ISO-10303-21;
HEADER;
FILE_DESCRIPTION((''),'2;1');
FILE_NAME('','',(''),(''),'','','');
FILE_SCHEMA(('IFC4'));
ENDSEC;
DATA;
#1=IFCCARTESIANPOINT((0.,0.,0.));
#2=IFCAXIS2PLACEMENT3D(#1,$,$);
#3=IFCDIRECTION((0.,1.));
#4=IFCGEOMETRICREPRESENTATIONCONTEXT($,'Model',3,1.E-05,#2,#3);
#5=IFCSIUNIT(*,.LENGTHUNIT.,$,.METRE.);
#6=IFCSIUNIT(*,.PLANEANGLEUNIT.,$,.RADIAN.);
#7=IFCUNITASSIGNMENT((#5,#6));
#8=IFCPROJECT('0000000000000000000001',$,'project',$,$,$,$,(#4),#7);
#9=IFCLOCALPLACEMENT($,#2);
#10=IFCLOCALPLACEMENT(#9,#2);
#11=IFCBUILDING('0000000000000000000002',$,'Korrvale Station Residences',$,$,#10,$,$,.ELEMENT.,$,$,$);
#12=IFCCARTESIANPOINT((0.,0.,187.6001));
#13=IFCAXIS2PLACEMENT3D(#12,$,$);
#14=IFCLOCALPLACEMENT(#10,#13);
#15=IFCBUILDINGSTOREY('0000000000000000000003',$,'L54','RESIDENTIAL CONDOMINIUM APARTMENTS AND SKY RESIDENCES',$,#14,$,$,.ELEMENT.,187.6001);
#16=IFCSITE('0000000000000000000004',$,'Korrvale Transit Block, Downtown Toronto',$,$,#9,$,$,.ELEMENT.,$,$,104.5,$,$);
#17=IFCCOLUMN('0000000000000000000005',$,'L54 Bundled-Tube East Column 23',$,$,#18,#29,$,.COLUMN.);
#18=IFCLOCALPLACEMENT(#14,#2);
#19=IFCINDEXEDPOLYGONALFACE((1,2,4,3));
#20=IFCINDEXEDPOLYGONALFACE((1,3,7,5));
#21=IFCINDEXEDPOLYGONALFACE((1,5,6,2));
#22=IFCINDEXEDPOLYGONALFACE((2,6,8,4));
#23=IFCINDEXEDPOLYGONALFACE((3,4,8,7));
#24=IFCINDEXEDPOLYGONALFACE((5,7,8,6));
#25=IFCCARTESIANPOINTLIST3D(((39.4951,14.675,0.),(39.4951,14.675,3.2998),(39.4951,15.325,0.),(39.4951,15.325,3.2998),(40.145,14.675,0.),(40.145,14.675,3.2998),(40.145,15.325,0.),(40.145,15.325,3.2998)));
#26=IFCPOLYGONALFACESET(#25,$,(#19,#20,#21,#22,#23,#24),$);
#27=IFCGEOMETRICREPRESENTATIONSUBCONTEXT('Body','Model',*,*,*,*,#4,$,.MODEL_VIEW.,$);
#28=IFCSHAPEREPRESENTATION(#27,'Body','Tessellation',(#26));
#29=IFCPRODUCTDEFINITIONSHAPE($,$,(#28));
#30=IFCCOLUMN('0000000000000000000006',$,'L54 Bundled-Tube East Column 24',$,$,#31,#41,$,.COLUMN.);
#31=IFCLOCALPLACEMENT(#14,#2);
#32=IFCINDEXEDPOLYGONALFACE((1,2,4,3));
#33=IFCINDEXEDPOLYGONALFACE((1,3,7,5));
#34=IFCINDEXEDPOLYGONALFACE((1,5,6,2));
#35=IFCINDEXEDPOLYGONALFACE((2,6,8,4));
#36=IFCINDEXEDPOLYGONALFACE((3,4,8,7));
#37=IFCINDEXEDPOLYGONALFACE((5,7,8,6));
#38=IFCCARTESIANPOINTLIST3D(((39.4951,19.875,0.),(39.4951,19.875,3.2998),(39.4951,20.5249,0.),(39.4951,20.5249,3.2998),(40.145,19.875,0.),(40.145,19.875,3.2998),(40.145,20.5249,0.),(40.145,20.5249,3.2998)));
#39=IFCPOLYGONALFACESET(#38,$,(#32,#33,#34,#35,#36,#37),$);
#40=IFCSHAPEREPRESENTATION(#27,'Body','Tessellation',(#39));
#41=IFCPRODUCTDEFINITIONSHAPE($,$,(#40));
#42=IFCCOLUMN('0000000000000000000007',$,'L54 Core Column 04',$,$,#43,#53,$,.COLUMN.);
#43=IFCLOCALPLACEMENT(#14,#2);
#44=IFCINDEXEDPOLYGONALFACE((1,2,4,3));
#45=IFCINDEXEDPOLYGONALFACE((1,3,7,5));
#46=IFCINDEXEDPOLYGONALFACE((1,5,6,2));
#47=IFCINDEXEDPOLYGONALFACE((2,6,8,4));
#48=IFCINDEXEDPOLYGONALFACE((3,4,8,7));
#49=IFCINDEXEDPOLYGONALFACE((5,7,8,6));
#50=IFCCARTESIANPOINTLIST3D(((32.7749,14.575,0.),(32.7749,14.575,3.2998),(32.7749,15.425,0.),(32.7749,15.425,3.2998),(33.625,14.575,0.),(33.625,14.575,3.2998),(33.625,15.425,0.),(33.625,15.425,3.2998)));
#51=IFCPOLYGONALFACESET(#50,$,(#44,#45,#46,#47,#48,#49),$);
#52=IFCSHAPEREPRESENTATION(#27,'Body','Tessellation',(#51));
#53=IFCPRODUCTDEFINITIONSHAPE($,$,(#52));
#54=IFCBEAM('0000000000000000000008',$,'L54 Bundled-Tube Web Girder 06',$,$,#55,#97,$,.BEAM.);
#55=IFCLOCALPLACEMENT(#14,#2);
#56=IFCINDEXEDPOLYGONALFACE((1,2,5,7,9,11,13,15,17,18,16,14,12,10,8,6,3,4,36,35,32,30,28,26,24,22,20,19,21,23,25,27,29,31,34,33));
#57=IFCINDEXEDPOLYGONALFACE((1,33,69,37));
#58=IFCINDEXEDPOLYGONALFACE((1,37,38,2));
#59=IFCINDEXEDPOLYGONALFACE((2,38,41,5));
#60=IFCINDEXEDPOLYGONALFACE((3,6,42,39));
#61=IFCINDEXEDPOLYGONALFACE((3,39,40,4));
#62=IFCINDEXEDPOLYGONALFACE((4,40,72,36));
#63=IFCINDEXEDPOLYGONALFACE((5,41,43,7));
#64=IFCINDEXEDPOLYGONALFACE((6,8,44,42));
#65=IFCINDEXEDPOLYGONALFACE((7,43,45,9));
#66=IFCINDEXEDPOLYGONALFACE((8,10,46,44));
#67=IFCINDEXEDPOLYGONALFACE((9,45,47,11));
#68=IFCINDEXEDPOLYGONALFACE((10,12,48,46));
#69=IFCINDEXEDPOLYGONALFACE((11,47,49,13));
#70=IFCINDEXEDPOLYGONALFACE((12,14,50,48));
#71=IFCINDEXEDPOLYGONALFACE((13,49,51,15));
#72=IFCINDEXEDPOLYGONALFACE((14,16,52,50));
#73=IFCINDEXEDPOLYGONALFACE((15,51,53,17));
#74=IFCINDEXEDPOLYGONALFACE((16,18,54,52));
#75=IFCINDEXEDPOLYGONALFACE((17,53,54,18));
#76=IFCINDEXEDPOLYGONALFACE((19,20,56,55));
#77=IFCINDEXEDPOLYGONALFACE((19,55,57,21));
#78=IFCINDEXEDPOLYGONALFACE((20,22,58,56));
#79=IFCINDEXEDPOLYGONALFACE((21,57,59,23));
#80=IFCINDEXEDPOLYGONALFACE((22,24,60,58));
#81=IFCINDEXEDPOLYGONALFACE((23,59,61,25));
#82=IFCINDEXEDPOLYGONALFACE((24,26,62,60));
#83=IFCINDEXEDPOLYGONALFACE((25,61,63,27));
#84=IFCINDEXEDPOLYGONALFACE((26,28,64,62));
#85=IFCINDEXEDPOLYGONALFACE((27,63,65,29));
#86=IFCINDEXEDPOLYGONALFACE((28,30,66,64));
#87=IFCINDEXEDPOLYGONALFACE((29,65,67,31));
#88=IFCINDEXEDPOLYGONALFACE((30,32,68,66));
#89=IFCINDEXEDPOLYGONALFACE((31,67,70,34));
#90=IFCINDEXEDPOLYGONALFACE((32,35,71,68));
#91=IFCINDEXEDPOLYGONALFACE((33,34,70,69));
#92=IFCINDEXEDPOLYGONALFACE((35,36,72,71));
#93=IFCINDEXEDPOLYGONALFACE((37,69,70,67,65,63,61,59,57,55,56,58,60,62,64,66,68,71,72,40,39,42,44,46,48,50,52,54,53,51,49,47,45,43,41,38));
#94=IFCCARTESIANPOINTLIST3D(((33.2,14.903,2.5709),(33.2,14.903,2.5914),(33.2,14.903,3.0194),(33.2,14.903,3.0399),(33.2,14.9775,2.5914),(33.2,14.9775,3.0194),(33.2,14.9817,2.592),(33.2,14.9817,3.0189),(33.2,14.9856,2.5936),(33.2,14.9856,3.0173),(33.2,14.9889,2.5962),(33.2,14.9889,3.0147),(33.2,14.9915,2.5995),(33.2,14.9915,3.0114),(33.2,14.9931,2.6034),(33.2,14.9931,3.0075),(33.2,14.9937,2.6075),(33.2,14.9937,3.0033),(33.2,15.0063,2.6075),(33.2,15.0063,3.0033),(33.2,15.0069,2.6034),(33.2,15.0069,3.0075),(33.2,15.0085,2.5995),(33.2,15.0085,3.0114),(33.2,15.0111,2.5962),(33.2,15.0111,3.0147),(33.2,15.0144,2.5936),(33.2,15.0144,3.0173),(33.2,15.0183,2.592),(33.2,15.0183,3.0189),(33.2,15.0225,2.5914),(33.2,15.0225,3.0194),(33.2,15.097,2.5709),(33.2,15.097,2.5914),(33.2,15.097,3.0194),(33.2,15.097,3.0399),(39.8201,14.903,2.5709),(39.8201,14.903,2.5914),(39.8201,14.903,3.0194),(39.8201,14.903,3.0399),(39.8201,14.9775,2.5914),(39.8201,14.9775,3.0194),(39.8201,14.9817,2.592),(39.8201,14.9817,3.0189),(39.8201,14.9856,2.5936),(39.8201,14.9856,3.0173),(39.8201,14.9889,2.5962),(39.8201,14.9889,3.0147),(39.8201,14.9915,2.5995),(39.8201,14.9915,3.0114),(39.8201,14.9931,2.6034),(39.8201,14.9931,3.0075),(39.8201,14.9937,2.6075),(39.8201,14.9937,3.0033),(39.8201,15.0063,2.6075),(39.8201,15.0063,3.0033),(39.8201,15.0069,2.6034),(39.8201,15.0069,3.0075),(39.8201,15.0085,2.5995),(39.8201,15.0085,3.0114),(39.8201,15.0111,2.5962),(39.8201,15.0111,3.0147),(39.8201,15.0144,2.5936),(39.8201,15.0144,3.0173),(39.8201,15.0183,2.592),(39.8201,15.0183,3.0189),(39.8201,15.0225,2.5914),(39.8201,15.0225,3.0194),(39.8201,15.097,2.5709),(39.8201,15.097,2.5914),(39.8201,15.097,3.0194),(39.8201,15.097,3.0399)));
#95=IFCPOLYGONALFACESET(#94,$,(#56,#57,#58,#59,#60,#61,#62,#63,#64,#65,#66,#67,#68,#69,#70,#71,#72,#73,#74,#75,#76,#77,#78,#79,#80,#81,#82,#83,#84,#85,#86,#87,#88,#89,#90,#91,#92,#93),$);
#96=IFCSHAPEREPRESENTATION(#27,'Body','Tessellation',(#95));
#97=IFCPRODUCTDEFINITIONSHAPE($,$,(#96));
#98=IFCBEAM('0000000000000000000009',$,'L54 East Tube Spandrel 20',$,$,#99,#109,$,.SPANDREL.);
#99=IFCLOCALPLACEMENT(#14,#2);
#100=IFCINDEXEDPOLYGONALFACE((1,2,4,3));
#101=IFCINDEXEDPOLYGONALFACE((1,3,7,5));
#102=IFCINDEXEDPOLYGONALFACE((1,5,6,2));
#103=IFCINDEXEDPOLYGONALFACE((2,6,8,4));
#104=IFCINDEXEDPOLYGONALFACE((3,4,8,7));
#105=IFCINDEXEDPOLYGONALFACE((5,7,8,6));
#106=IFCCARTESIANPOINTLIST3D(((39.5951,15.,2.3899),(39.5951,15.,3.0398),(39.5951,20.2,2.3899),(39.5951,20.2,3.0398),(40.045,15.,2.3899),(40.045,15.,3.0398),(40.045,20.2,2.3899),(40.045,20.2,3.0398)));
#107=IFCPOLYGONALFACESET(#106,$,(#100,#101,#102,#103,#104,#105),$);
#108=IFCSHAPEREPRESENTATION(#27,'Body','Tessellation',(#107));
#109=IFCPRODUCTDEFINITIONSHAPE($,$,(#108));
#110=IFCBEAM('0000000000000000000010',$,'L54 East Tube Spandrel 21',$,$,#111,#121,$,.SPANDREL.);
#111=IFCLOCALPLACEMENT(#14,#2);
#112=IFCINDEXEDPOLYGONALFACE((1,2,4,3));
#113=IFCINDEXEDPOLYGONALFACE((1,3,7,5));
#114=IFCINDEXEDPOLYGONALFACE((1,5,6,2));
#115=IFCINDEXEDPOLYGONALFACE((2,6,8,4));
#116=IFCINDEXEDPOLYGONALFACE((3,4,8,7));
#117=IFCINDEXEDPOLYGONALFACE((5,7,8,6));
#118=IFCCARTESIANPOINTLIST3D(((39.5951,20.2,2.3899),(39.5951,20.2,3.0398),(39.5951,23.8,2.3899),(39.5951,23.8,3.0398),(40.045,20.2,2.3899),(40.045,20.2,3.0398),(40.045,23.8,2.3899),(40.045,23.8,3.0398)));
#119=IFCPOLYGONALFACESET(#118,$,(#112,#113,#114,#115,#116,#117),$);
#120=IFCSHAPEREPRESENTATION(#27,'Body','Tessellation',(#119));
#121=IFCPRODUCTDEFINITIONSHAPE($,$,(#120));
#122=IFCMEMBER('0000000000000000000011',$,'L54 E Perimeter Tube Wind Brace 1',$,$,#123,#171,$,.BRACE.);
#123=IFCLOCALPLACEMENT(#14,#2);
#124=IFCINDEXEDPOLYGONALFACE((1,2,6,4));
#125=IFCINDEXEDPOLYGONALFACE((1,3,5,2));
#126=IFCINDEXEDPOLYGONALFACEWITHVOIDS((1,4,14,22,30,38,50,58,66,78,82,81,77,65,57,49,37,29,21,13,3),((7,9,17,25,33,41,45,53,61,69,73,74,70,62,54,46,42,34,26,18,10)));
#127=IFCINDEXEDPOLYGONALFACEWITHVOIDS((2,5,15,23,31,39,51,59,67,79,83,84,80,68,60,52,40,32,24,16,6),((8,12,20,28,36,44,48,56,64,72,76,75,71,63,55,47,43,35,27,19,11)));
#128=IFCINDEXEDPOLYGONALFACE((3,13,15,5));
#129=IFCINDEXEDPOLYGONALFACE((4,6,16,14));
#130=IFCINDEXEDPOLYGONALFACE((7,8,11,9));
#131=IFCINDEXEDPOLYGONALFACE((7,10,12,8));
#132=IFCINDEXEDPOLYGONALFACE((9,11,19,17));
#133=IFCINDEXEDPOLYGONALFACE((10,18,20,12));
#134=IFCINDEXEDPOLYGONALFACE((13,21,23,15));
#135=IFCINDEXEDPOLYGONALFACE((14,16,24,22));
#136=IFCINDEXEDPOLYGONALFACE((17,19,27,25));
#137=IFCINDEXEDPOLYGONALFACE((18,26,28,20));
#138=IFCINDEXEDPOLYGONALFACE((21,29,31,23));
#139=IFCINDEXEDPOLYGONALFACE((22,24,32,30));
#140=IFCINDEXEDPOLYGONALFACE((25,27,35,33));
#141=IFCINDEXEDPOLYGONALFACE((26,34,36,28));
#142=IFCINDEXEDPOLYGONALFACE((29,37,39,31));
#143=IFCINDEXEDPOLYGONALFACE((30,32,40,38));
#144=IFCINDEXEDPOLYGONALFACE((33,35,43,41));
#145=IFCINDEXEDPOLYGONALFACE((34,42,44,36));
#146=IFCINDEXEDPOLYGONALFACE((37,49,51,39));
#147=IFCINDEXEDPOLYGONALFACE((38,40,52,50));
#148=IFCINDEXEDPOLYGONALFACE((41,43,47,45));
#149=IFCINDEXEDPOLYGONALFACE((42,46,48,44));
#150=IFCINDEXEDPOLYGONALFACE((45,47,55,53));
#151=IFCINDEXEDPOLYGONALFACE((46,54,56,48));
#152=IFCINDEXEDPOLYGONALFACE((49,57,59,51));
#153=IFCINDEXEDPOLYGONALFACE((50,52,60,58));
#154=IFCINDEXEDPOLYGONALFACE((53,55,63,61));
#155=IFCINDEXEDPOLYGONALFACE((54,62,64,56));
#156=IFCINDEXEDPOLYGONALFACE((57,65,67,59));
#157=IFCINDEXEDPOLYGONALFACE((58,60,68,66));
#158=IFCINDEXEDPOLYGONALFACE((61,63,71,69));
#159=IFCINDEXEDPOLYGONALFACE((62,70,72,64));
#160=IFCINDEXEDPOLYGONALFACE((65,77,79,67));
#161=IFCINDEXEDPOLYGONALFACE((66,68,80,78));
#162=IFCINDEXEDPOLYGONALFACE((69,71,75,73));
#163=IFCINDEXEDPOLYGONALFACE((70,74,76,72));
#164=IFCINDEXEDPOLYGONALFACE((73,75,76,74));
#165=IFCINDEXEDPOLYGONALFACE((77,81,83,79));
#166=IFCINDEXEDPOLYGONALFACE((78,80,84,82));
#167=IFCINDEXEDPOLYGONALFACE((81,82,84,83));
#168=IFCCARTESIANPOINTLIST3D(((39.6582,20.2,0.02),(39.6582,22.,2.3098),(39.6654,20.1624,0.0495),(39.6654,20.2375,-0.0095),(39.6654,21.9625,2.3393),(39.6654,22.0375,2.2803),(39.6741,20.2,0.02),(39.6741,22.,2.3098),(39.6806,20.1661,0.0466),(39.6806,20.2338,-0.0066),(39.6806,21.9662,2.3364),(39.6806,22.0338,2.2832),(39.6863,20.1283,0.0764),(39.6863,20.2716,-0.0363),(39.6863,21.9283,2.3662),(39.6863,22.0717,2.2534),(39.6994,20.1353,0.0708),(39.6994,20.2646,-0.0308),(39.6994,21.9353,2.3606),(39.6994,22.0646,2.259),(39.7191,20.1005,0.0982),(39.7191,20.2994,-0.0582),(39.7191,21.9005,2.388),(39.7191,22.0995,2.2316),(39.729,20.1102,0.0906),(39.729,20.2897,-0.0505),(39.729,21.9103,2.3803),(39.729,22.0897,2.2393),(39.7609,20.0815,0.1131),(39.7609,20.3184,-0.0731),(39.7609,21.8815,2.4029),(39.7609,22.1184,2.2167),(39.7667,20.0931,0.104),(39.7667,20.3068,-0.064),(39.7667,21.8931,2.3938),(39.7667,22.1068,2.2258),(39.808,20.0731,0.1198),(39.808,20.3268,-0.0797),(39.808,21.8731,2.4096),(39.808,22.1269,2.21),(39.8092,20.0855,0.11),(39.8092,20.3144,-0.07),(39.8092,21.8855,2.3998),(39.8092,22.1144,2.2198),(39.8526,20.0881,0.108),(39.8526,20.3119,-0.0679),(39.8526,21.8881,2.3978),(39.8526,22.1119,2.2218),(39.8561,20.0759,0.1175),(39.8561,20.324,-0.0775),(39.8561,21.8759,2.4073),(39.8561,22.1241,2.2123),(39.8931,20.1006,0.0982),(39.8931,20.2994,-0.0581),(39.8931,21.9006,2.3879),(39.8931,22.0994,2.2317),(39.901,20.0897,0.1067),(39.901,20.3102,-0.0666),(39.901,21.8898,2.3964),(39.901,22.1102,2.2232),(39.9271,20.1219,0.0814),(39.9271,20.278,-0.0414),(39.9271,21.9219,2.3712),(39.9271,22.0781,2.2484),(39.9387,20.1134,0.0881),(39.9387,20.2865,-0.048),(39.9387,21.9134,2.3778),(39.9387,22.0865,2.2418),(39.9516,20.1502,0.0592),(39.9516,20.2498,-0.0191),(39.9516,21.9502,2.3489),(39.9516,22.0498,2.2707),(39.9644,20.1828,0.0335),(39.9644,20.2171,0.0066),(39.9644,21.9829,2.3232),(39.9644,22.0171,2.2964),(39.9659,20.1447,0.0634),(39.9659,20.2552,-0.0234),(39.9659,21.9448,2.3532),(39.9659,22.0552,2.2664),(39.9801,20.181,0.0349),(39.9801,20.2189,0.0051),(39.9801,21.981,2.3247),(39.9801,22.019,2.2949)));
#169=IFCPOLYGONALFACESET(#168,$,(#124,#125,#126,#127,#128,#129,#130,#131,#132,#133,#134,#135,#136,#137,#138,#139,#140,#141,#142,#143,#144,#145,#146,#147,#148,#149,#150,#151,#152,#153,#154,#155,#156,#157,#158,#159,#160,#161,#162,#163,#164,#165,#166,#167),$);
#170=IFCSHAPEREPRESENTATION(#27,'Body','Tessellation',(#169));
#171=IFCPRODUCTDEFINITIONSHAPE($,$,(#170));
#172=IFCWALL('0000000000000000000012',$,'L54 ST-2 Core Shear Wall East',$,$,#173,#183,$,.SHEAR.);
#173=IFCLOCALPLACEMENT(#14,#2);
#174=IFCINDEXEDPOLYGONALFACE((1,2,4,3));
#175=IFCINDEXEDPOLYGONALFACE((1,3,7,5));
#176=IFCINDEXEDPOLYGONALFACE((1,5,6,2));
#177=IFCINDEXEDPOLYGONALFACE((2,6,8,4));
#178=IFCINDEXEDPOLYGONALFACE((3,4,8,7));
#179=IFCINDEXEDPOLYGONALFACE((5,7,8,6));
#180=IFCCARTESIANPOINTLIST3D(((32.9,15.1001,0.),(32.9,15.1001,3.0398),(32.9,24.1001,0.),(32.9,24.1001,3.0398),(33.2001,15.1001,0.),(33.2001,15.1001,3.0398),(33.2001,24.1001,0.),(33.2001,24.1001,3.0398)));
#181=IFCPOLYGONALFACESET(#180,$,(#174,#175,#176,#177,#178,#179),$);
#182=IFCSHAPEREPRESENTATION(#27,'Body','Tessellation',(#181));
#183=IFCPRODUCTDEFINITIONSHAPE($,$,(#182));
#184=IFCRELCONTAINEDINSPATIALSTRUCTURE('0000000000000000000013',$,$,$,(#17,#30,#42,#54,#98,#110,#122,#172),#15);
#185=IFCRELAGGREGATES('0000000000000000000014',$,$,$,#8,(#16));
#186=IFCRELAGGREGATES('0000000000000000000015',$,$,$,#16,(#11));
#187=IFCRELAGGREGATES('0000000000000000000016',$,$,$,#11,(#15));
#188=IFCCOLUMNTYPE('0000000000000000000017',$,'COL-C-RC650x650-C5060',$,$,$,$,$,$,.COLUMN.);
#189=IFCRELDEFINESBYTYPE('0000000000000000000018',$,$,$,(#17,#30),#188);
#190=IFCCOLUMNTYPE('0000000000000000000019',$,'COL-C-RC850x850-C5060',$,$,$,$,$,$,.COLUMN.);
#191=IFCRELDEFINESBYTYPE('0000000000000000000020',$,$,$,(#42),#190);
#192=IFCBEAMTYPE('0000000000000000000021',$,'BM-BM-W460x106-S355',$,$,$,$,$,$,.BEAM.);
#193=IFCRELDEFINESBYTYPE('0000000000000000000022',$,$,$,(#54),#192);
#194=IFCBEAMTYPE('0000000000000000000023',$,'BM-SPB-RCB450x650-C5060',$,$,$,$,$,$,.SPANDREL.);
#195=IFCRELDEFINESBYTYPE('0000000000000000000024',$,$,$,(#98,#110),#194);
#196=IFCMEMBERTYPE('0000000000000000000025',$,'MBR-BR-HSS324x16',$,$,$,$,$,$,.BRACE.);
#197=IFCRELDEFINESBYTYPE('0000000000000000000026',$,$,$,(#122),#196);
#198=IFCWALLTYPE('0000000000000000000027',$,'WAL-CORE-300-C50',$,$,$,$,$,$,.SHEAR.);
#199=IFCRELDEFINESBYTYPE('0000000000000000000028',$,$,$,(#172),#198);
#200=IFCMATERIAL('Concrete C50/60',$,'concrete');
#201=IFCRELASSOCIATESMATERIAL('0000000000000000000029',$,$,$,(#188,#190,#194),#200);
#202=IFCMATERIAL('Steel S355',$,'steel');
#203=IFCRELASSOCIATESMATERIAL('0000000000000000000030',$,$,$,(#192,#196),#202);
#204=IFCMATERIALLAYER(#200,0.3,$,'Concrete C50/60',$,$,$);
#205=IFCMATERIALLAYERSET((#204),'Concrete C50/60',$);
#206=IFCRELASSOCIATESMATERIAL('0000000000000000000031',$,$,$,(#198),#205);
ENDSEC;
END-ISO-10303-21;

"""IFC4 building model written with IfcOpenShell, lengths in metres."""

from ifc_helpers import new_model, si_unit, direction, frame, frame_2d, origin, origin_2d, place, context, subcontext, project, spatial, rectangle, hollow_circle, i_section, extrude, material, layer, layer_set, material_profile, profile_set, type_object, element, save


model = new_model("IFC4")

# Units and contexts
model_context = context("Model", 3, precision=1e-05, world=origin(), true_north=direction((0.0, 1.0)))
body_context = subcontext(model_context, "Body", "Model", "MODEL_VIEW")
ifc_project = project(units=[si_unit("LENGTHUNIT", "METRE"), si_unit("PLANEANGLEUNIT", "RADIAN")], contexts=[model_context])

# Site, building, storey
site_placement = place(None, origin())
site = spatial("IfcSite", under=ifc_project, at=site_placement, Name="Korrvale Transit Block, Downtown Toronto", CompositionType="ELEMENT", RefElevation=104.5)
building_placement = place(site_placement, origin())
building = spatial("IfcBuilding", under=site, at=building_placement, Name="Korrvale Station Residences", CompositionType="ELEMENT")
storey_placement = place(building_placement, frame((0.0, 0.0, 187.6001)))
storey = spatial("IfcBuildingStorey", under=building, at=storey_placement, Name="L54", Description="RESIDENTIAL CONDOMINIUM APARTMENTS AND SKY RESIDENCES", CompositionType="ELEMENT", Elevation=187.6001)

# Columns
ifc_material_1 = material(Name="Concrete C50/60", Category="concrete")
ifc_material_profile_1 = material_profile(ifc_material_1, rectangle(XDim=0.6499, YDim=0.6499, at=origin_2d()), Name="RC650x650")
ifc_profile_set_1 = profile_set([ifc_material_profile_1], Name="Concrete C50/60")
column_type_1 = type_object("IfcColumnType", Name="COL-C-RC650x650-C5060", PredefinedType="COLUMN", material=ifc_profile_set_1)
for number, where, z_axis, x_axis, name in (
    (1, (39.8201, 15.0, 0.0), (0.0, 0.0, 1.0), (1.0, 0.0, 0.0), "L54 Bundled-Tube East Column 23"),
    (2, (39.8201, 20.2, 0.0), (0.0, 0.0, 1.0), (1.0, 0.0, 0.0), "L54 Bundled-Tube East Column 24"),
):
    element("IfcColumn", number, at=place(storey_placement, frame(where, z_axis=z_axis, x_axis=x_axis)), inside=storey, type_object=column_type_1, Name=name, PredefinedType="COLUMN", context=body_context, shape_type="SweptSolid", body=[
        extrude(rectangle(XDim=0.6499, YDim=0.6499, at=origin_2d()), origin(), (0.0, 0.0, 1.0), 3.2998),
    ])
ifc_material_profile_2 = material_profile(ifc_material_1, rectangle(XDim=0.8501, YDim=0.8501, at=origin_2d()), Name="RC850x850")
ifc_profile_set_2 = profile_set([ifc_material_profile_2], Name="Concrete C50/60")
column_type_2 = type_object("IfcColumnType", Name="COL-C-RC850x850-C5060", PredefinedType="COLUMN", material=ifc_profile_set_2)
column_placement = place(storey_placement, frame((33.2, 15.0, 0.0), z_axis=(0.0, 0.0, 1.0), x_axis=(1.0, 0.0, 0.0)))
element("IfcColumn", 3, at=column_placement, inside=storey, type_object=column_type_2, Name="L54 Core Column 04", PredefinedType="COLUMN", context=body_context, shape_type="SweptSolid", body=[
    extrude(rectangle(XDim=0.8501, YDim=0.8501, at=origin_2d()), origin(), (0.0, 0.0, 1.0), 3.2998),
])

# Beams
ifc_material_2 = material(Name="Steel S355", Category="steel")
ifc_material_profile_3 = material_profile(ifc_material_2, i_section(OverallWidth=0.1941, OverallDepth=0.469, WebThickness=0.0127, FlangeThickness=0.0205, FilletRadius=0.0161, at=origin_2d()), Name="W460x106")
ifc_profile_set_3 = profile_set([ifc_material_profile_3], Name="Steel S355")
beam_type_1 = type_object("IfcBeamType", Name="BM-BM-W460x106-S355", PredefinedType="BEAM", material=ifc_profile_set_3)
beam_1_placement = place(storey_placement, frame((33.2, 15.0, 2.8054), z_axis=(1.0, 0.0, 0.0), x_axis=(0.0, 1.0, 0.0)))
element("IfcBeam", 4, at=beam_1_placement, inside=storey, type_object=beam_type_1, Name="L54 Bundled-Tube Web Girder 06", PredefinedType="BEAM", context=body_context, shape_type="SweptSolid", body=[
    extrude(i_section(OverallWidth=0.1941, OverallDepth=0.469, WebThickness=0.0127, FlangeThickness=0.0205, FilletRadius=0.0161, at=origin_2d()), origin(), (0.0, 0.0, 1.0), 6.6201),
])
ifc_material_profile_4 = material_profile(ifc_material_1, rectangle(XDim=0.45, YDim=0.6499, at=origin_2d()), Name="RCB450x650")
ifc_profile_set_4 = profile_set([ifc_material_profile_4], Name="Concrete C50/60")
beam_type_2 = type_object("IfcBeamType", Name="BM-SPB-RCB450x650-C5060", PredefinedType="SPANDREL", material=ifc_profile_set_4)
beam_2_placement = place(storey_placement, frame((39.8201, 15.0, 2.7148), z_axis=(0.0, 1.0, 0.0), x_axis=(-1.0, 0.0, 0.0)))
element("IfcBeam", 5, at=beam_2_placement, inside=storey, type_object=beam_type_2, Name="L54 East Tube Spandrel 20", PredefinedType="SPANDREL", context=body_context, shape_type="SweptSolid", body=[
    extrude(rectangle(XDim=0.45, YDim=0.6499, at=origin_2d()), origin(), (0.0, 0.0, 1.0), 5.2),
])
beam_3_placement = place(storey_placement, frame((39.8201, 20.2, 2.7148), z_axis=(0.0, 1.0, 0.0), x_axis=(-1.0, 0.0, 0.0)))
element("IfcBeam", 6, at=beam_3_placement, inside=storey, type_object=beam_type_2, Name="L54 East Tube Spandrel 21", PredefinedType="SPANDREL", context=body_context, shape_type="SweptSolid", body=[
    extrude(rectangle(XDim=0.45, YDim=0.6499, at=origin_2d()), origin(), (0.0, 0.0, 1.0), 3.6001),
])

# Member
ifc_material_profile_5 = material_profile(ifc_material_2, hollow_circle(Radius=0.1619, WallThickness=0.0159, at=origin_2d()), Name="HSS324x16")
ifc_profile_set_5 = profile_set([ifc_material_profile_5], Name="Steel S355")
member_type = type_object("IfcMemberType", Name="MBR-BR-HSS324x16", PredefinedType="BRACE", material=ifc_profile_set_5)
member_placement = place(storey_placement, frame((39.8201, 20.2, 0.02), z_axis=(0.0, 0.618018, 0.786164), x_axis=(-1.0, 0.0, 0.0)))
element("IfcMember", 7, at=member_placement, inside=storey, type_object=member_type, Name="L54 E Perimeter Tube Wind Brace 1", PredefinedType="BRACE", context=body_context, shape_type="SweptSolid", body=[
    extrude(hollow_circle(Radius=0.1619, WallThickness=0.0159, at=origin_2d()), origin(), (0.0, 0.0, 1.0), 2.9126),
])

# Wall
ifc_layer_1 = layer(ifc_material_1, 0.3, Name="Concrete C50/60")
ifc_layer_set_1 = layer_set([ifc_layer_1], Name="Concrete C50/60")
wall_type_1 = type_object("IfcWallType", Name="WAL-CORE-300-C50", PredefinedType="SHEAR", material=ifc_layer_set_1)
wall_1_placement = place(storey_placement, frame((33.05, 15.1001, 0.0), z_axis=(0.0, 0.0, 1.0), x_axis=(0.0, 1.0, 0.0)))
element("IfcWall", 8, at=wall_1_placement, inside=storey, type_object=wall_type_1, Name="L54 ST-2 Core Shear Wall East", PredefinedType="SHEAR", context=body_context, shape_type="SweptSolid", body=[
    extrude(rectangle(XDim=9.0, YDim=0.3, at=frame_2d((4.5, 0.0))), origin(), (0.0, 0.0, 1.0), 3.0398),
])

save(model, "model.ifc")
